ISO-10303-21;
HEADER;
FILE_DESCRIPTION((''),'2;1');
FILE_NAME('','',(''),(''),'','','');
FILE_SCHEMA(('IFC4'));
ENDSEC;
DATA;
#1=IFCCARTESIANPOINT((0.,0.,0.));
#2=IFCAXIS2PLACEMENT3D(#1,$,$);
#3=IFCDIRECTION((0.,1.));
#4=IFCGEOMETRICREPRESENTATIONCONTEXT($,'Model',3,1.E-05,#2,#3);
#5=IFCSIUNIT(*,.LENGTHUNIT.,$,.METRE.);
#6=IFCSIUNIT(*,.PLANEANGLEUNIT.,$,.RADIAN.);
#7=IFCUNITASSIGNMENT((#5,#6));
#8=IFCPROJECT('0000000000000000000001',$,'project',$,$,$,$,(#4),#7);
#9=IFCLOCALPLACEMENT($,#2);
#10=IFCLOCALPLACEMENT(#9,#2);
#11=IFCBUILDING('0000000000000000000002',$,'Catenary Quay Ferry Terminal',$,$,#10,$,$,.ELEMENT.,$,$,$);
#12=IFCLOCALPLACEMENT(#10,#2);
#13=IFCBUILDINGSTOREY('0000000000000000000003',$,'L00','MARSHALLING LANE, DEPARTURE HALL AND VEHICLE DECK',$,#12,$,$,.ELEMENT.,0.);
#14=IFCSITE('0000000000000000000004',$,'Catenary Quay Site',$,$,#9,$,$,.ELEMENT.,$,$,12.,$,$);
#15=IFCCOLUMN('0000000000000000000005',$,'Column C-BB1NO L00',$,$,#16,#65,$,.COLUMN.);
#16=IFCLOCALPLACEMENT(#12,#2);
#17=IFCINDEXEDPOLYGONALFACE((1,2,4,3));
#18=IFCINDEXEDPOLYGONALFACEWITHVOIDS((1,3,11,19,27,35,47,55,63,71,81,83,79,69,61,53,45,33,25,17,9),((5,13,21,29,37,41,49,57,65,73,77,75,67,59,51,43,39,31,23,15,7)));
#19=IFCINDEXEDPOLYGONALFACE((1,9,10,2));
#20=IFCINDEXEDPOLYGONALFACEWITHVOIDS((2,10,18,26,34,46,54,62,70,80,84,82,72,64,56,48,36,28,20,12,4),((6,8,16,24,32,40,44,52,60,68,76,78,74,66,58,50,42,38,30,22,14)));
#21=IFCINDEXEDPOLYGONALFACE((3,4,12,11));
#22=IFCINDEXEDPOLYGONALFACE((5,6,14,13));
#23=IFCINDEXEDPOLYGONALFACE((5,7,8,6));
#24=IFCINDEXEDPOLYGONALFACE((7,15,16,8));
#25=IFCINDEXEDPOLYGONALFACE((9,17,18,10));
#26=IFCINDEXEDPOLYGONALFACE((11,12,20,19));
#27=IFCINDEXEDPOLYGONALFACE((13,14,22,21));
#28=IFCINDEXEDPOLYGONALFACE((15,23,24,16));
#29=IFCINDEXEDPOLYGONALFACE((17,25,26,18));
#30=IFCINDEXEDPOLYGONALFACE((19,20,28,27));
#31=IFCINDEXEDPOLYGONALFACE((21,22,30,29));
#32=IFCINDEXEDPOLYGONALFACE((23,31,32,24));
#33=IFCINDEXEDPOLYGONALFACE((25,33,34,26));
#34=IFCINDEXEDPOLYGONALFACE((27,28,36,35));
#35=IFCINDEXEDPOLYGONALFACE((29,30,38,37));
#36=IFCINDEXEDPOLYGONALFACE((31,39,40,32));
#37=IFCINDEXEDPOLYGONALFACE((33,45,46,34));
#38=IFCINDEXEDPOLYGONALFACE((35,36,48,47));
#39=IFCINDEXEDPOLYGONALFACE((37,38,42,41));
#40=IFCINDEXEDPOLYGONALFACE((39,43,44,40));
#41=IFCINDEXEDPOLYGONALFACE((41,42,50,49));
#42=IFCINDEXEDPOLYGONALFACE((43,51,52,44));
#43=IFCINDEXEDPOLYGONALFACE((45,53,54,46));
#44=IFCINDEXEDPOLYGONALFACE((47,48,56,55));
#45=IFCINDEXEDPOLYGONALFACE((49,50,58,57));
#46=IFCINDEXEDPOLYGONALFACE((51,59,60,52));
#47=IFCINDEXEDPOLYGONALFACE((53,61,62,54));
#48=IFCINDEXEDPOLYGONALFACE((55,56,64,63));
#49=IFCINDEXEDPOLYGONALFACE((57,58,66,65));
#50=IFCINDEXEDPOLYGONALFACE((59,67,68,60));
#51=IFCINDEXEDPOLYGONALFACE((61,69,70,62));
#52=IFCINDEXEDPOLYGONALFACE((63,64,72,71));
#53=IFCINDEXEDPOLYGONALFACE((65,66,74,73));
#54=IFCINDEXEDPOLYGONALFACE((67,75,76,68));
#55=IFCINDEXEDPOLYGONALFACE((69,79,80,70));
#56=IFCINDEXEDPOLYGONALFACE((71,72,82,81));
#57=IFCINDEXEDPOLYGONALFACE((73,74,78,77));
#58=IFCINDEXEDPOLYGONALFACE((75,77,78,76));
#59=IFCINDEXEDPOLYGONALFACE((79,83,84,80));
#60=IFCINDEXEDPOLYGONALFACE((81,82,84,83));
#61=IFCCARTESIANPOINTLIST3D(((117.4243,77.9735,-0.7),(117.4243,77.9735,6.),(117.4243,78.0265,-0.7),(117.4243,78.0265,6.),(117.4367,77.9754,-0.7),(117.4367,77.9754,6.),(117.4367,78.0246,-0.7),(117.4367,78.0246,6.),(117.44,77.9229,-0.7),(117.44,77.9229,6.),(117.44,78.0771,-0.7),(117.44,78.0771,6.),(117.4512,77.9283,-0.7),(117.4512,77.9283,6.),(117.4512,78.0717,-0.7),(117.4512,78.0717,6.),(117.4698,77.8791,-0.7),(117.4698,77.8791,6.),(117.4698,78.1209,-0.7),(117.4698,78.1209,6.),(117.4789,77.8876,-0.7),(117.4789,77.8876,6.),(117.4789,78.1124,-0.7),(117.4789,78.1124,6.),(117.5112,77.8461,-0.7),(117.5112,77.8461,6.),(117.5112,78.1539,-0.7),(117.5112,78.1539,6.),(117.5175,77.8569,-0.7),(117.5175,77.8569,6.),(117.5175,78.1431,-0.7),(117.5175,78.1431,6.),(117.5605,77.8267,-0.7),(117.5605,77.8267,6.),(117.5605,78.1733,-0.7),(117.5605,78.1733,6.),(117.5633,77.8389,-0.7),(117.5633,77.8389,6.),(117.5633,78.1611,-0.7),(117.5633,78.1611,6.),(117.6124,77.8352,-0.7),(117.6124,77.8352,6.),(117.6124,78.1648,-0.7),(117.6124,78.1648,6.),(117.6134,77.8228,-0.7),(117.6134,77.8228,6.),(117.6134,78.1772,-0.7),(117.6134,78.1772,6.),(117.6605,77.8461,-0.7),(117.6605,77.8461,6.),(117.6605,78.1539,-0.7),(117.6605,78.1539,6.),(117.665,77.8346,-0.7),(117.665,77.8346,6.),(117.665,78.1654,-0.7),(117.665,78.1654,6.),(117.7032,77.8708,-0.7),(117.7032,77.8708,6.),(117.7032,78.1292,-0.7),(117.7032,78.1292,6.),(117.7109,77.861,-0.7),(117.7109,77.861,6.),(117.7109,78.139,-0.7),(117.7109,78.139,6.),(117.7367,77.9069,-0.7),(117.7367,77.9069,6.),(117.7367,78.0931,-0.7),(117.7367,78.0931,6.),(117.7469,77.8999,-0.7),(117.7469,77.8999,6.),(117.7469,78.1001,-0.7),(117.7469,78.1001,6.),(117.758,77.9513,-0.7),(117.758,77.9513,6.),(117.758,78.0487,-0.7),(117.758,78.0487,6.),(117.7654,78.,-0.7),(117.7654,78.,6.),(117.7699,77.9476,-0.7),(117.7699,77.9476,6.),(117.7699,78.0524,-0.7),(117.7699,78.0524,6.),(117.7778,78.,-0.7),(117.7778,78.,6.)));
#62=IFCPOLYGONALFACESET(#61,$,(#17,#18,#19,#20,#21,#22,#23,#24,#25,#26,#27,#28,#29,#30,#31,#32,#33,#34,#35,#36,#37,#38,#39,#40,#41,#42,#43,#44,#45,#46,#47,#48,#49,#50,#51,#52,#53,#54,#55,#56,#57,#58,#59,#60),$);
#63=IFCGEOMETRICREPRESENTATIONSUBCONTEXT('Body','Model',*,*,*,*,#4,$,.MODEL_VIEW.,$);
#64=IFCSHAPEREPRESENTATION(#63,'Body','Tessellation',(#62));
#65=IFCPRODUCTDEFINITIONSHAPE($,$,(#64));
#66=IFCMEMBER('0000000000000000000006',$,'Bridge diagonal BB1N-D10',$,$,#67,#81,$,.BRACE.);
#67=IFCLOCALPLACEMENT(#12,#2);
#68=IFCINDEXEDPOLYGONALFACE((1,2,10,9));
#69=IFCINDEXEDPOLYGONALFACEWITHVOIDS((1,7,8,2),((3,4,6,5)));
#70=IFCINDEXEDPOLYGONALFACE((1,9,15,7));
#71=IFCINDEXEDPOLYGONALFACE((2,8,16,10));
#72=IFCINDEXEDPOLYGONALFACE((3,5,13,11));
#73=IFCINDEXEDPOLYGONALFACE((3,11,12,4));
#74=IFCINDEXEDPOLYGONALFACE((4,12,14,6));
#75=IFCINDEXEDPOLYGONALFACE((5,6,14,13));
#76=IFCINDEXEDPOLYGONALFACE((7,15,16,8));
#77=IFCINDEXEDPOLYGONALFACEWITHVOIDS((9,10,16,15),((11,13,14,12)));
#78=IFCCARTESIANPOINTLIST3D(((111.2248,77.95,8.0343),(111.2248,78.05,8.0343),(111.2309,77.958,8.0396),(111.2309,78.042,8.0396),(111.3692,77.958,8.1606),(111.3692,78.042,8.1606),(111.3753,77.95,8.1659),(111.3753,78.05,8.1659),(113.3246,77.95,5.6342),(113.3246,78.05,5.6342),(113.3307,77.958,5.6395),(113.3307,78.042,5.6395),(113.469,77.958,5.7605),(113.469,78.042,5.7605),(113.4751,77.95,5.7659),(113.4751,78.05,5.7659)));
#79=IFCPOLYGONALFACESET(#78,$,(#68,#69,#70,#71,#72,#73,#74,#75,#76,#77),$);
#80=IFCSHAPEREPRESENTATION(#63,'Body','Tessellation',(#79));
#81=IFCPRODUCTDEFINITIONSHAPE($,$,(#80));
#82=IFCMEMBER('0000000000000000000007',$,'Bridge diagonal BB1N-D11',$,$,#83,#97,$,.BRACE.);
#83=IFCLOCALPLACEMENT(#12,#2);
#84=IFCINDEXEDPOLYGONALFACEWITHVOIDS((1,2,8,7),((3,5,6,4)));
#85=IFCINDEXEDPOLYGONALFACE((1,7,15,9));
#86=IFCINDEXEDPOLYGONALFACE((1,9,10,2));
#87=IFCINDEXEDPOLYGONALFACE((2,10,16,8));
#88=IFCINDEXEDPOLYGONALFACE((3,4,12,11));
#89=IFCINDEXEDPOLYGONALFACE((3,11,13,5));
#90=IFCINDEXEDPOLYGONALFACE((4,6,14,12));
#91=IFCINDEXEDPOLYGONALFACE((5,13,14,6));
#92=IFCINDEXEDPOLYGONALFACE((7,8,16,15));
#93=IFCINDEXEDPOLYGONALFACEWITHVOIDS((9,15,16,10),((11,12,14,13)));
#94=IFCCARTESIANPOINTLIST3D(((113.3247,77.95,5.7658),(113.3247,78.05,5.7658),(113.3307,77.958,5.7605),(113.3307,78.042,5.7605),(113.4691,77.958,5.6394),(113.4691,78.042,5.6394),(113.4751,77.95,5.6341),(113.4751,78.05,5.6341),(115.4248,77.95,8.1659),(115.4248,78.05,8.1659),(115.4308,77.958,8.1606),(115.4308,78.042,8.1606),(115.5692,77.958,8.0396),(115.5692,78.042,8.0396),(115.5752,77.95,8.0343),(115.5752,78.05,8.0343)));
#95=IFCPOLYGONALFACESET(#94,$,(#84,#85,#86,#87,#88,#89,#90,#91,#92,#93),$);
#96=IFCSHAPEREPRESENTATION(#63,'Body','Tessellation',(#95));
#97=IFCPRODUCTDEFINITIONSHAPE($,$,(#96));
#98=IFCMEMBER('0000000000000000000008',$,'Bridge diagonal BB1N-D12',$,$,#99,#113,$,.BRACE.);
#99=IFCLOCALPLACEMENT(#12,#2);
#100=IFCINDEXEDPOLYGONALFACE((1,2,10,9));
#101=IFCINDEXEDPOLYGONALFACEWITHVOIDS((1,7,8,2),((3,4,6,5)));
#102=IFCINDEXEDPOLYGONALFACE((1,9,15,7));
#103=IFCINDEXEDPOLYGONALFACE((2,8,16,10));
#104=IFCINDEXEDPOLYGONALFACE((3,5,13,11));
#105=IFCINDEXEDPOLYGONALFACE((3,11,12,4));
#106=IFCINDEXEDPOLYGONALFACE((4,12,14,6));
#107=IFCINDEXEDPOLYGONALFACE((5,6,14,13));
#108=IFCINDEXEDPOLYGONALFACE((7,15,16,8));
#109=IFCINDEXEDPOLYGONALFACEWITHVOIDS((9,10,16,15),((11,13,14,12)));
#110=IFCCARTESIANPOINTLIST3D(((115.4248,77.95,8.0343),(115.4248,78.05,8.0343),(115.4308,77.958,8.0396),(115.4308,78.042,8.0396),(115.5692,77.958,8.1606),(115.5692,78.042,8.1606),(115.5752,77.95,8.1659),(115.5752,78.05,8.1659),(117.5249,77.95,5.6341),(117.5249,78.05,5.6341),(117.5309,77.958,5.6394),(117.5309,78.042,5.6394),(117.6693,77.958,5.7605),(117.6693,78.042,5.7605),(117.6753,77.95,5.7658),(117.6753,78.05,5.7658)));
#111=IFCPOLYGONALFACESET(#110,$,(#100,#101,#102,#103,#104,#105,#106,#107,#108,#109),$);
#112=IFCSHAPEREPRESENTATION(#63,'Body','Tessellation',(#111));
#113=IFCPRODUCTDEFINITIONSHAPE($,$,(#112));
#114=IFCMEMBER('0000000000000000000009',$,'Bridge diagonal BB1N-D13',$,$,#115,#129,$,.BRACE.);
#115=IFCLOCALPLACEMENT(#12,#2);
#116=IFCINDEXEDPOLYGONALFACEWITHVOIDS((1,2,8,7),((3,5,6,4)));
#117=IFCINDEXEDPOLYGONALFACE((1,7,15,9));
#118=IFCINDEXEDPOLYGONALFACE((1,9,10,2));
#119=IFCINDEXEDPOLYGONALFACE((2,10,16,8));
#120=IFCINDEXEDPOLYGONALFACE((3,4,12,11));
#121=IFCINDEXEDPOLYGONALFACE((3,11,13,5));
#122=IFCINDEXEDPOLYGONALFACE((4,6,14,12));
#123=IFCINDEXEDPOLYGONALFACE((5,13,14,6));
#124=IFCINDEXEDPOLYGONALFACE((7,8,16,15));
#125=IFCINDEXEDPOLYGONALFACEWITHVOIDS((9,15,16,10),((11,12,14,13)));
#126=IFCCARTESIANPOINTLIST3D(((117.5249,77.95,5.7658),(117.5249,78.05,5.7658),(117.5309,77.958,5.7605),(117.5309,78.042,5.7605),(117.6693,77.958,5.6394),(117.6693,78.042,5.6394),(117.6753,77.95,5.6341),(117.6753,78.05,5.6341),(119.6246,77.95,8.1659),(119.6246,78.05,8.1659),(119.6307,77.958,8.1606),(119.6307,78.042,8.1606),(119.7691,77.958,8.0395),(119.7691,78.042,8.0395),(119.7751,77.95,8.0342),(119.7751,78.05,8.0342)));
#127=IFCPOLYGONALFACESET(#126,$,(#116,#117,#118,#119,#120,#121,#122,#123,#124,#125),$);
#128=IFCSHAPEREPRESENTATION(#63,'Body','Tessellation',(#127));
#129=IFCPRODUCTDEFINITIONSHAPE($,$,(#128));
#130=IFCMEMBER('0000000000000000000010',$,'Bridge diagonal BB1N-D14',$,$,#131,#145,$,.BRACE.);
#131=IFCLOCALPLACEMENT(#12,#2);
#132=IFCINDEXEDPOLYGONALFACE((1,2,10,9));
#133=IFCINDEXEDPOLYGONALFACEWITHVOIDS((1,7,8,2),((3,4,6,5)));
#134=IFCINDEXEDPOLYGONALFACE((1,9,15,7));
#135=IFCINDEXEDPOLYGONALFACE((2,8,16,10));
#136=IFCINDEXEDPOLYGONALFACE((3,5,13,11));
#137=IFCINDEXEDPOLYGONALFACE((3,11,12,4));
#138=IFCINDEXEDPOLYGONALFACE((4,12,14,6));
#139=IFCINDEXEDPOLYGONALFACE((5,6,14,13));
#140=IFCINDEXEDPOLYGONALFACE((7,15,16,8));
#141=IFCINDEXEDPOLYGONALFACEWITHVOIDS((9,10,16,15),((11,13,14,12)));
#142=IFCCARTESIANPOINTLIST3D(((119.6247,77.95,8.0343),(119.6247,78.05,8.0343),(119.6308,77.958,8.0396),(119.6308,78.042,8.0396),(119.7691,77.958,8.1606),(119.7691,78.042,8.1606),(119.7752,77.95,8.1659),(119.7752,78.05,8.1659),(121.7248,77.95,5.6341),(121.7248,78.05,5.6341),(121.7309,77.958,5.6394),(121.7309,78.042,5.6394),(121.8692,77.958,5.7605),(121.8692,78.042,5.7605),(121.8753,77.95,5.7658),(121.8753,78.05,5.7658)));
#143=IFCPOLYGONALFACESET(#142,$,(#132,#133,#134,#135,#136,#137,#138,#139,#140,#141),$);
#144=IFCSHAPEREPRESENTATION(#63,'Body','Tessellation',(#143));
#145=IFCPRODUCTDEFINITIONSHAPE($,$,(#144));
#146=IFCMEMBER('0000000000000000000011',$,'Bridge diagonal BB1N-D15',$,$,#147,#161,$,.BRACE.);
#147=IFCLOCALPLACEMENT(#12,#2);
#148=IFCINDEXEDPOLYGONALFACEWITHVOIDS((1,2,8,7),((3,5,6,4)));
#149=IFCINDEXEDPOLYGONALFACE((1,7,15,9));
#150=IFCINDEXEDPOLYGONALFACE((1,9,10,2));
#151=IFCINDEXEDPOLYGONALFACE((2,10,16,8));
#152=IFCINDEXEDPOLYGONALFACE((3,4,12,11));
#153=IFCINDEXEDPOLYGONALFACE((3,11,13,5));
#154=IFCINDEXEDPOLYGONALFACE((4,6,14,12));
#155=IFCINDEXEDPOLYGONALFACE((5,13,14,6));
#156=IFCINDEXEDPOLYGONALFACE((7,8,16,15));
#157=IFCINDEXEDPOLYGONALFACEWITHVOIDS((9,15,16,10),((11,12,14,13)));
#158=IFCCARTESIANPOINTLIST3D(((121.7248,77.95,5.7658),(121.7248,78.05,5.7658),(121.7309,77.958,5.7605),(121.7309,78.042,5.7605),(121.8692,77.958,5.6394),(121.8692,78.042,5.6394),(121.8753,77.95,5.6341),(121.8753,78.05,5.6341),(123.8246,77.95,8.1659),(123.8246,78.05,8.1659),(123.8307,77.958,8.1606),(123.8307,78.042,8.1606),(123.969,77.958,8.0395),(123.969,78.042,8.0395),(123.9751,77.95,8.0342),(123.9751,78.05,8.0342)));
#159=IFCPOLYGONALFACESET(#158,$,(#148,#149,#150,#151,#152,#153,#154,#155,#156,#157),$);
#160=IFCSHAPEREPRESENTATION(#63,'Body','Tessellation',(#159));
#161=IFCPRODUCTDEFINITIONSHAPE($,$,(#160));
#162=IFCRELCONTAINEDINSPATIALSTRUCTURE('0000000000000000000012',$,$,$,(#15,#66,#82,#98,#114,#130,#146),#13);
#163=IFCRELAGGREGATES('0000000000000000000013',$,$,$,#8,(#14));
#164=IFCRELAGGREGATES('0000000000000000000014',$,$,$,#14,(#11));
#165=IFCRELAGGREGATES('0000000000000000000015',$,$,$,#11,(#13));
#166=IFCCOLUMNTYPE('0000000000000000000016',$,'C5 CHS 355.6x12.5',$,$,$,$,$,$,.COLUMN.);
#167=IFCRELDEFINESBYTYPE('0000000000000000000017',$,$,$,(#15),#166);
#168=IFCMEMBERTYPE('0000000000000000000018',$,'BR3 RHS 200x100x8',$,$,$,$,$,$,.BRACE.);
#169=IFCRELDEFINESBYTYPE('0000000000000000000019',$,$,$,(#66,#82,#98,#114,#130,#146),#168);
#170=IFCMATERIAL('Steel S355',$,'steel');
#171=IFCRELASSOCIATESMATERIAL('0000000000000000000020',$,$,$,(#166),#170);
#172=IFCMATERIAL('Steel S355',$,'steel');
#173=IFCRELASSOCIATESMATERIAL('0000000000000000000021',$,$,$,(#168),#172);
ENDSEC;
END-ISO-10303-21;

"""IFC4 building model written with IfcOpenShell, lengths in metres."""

from ifc_helpers import new_model, si_unit, direction, frame, origin, origin_2d, place, context, subcontext, project, spatial, hollow_rectangle, hollow_circle, extrude, material, material_profile, profile_set, type_object, element, save


model = new_model("IFC4")

# Units and contexts
model_context = context("Model", 3, precision=1e-05, world=origin(), true_north=direction((0.0, 1.0)))
body_context = subcontext(model_context, "Body", "Model", "MODEL_VIEW")
ifc_project = project(units=[si_unit("LENGTHUNIT", "METRE"), si_unit("PLANEANGLEUNIT", "RADIAN")], contexts=[model_context])

# Site, building, storey
site_placement = place(None, origin())
site = spatial("IfcSite", under=ifc_project, at=site_placement, Name="Catenary Quay Site", CompositionType="ELEMENT", RefElevation=12.0)
building_placement = place(site_placement, origin())
building = spatial("IfcBuilding", under=site, at=building_placement, Name="Catenary Quay Ferry Terminal", CompositionType="ELEMENT")
storey_placement = place(building_placement, origin())
storey = spatial("IfcBuildingStorey", under=building, at=storey_placement, Name="L00", Description="MARSHALLING LANE, DEPARTURE HALL AND VEHICLE DECK", CompositionType="ELEMENT", Elevation=0.0)

# Column
ifc_material_1 = material(Name="Steel S355", Category="steel")
ifc_material_profile_1 = material_profile(ifc_material_1, hollow_circle(Radius=0.1777, WallThickness=0.0125, at=origin_2d()), Name="CHS 355.6x12.5")
ifc_profile_set_1 = profile_set([ifc_material_profile_1], Name="Steel S355")
column_type = type_object("IfcColumnType", Name="C5 CHS 355.6x12.5", PredefinedType="COLUMN", material=ifc_profile_set_1)
column_placement = place(storey_placement, frame((117.6001, 78.0, -0.7), z_axis=(0.0, 0.0, 1.0), x_axis=(1.0, 0.0, 0.0)))
element("IfcColumn", 1, at=column_placement, inside=storey, type_object=column_type, Name="Column C-BB1NO L00", PredefinedType="COLUMN", context=body_context, shape_type="SweptSolid", body=[
    extrude(hollow_circle(Radius=0.1777, WallThickness=0.0125, at=origin_2d()), origin(), (0.0, 0.0, 1.0), 6.7),
])

# Members
ifc_material_2 = material(Name="Steel S355", Category="steel")
ifc_material_profile_2 = material_profile(ifc_material_2, hollow_rectangle(XDim=0.1001, YDim=0.2, WallThickness=0.0081, at=origin_2d()), Name="RHS 200x100x8")
ifc_profile_set_2 = profile_set([ifc_material_profile_2], Name="Steel S355")
member_type_1 = type_object("IfcMemberType", Name="BR3 RHS 200x100x8", PredefinedType="BRACE", material=ifc_profile_set_2)
member_1_placement = place(storey_placement, frame((111.3, 78.0, 8.1001), z_axis=(0.658456, 0.0, -0.752619), x_axis=(0.0, 1.0, 0.0)))
element("IfcMember", 2, at=member_1_placement, inside=storey, type_object=member_type_1, Name="Bridge diagonal BB1N-D10", PredefinedType="BRACE", context=body_context, shape_type="SweptSolid", body=[
    extrude(hollow_rectangle(XDim=0.1001, YDim=0.2, WallThickness=0.0081, at=origin_2d()), origin(), (0.0, 0.0, 1.0), 3.189),
])
for number, where, z_axis, x_axis, name in (
    (3, (113.3999, 78.0, 5.7), (0.658499, 0.0, 0.752581), (0.0, 1.0, 0.0), "Bridge diagonal BB1N-D11"),
    (4, (115.5, 78.0, 8.1001), (0.658499, 0.0, -0.752581), (0.0, 1.0, 0.0), "Bridge diagonal BB1N-D12"),
):
    element("IfcMember", number, at=place(storey_placement, frame(where, z_axis=z_axis, x_axis=x_axis)), inside=storey, type_object=member_type_1, Name=name, PredefinedType="BRACE", context=body_context, shape_type="SweptSolid", body=[
        extrude(hollow_rectangle(XDim=0.1001, YDim=0.2, WallThickness=0.0081, at=origin_2d()), origin(), (0.0, 0.0, 1.0), 3.1892),
    ])
member_2_placement = place(storey_placement, frame((117.6001, 78.0, 5.7), z_axis=(0.658456, 0.0, 0.752619), x_axis=(0.0, 1.0, 0.0)))
element("IfcMember", 5, at=member_2_placement, inside=storey, type_object=member_type_1, Name="Bridge diagonal BB1N-D13", PredefinedType="BRACE", context=body_context, shape_type="SweptSolid", body=[
    extrude(hollow_rectangle(XDim=0.1001, YDim=0.2, WallThickness=0.0081, at=origin_2d()), origin(), (0.0, 0.0, 1.0), 3.189),
])
member_3_placement = place(storey_placement, frame((119.7, 78.0, 8.1001), z_axis=(0.658499, 0.0, -0.752581), x_axis=(0.0, 1.0, 0.0)))
element("IfcMember", 6, at=member_3_placement, inside=storey, type_object=member_type_1, Name="Bridge diagonal BB1N-D14", PredefinedType="BRACE", context=body_context, shape_type="SweptSolid", body=[
    extrude(hollow_rectangle(XDim=0.1001, YDim=0.2, WallThickness=0.0081, at=origin_2d()), origin(), (0.0, 0.0, 1.0), 3.1892),
])
member_4_placement = place(storey_placement, frame((121.8, 78.0, 5.7), z_axis=(0.658456, 0.0, 0.752619), x_axis=(0.0, 1.0, 0.0)))
element("IfcMember", 7, at=member_4_placement, inside=storey, type_object=member_type_1, Name="Bridge diagonal BB1N-D15", PredefinedType="BRACE", context=body_context, shape_type="SweptSolid", body=[
    extrude(hollow_rectangle(XDim=0.1001, YDim=0.2, WallThickness=0.0081, at=origin_2d()), origin(), (0.0, 0.0, 1.0), 3.189),
])

save(model, "model.ifc")
